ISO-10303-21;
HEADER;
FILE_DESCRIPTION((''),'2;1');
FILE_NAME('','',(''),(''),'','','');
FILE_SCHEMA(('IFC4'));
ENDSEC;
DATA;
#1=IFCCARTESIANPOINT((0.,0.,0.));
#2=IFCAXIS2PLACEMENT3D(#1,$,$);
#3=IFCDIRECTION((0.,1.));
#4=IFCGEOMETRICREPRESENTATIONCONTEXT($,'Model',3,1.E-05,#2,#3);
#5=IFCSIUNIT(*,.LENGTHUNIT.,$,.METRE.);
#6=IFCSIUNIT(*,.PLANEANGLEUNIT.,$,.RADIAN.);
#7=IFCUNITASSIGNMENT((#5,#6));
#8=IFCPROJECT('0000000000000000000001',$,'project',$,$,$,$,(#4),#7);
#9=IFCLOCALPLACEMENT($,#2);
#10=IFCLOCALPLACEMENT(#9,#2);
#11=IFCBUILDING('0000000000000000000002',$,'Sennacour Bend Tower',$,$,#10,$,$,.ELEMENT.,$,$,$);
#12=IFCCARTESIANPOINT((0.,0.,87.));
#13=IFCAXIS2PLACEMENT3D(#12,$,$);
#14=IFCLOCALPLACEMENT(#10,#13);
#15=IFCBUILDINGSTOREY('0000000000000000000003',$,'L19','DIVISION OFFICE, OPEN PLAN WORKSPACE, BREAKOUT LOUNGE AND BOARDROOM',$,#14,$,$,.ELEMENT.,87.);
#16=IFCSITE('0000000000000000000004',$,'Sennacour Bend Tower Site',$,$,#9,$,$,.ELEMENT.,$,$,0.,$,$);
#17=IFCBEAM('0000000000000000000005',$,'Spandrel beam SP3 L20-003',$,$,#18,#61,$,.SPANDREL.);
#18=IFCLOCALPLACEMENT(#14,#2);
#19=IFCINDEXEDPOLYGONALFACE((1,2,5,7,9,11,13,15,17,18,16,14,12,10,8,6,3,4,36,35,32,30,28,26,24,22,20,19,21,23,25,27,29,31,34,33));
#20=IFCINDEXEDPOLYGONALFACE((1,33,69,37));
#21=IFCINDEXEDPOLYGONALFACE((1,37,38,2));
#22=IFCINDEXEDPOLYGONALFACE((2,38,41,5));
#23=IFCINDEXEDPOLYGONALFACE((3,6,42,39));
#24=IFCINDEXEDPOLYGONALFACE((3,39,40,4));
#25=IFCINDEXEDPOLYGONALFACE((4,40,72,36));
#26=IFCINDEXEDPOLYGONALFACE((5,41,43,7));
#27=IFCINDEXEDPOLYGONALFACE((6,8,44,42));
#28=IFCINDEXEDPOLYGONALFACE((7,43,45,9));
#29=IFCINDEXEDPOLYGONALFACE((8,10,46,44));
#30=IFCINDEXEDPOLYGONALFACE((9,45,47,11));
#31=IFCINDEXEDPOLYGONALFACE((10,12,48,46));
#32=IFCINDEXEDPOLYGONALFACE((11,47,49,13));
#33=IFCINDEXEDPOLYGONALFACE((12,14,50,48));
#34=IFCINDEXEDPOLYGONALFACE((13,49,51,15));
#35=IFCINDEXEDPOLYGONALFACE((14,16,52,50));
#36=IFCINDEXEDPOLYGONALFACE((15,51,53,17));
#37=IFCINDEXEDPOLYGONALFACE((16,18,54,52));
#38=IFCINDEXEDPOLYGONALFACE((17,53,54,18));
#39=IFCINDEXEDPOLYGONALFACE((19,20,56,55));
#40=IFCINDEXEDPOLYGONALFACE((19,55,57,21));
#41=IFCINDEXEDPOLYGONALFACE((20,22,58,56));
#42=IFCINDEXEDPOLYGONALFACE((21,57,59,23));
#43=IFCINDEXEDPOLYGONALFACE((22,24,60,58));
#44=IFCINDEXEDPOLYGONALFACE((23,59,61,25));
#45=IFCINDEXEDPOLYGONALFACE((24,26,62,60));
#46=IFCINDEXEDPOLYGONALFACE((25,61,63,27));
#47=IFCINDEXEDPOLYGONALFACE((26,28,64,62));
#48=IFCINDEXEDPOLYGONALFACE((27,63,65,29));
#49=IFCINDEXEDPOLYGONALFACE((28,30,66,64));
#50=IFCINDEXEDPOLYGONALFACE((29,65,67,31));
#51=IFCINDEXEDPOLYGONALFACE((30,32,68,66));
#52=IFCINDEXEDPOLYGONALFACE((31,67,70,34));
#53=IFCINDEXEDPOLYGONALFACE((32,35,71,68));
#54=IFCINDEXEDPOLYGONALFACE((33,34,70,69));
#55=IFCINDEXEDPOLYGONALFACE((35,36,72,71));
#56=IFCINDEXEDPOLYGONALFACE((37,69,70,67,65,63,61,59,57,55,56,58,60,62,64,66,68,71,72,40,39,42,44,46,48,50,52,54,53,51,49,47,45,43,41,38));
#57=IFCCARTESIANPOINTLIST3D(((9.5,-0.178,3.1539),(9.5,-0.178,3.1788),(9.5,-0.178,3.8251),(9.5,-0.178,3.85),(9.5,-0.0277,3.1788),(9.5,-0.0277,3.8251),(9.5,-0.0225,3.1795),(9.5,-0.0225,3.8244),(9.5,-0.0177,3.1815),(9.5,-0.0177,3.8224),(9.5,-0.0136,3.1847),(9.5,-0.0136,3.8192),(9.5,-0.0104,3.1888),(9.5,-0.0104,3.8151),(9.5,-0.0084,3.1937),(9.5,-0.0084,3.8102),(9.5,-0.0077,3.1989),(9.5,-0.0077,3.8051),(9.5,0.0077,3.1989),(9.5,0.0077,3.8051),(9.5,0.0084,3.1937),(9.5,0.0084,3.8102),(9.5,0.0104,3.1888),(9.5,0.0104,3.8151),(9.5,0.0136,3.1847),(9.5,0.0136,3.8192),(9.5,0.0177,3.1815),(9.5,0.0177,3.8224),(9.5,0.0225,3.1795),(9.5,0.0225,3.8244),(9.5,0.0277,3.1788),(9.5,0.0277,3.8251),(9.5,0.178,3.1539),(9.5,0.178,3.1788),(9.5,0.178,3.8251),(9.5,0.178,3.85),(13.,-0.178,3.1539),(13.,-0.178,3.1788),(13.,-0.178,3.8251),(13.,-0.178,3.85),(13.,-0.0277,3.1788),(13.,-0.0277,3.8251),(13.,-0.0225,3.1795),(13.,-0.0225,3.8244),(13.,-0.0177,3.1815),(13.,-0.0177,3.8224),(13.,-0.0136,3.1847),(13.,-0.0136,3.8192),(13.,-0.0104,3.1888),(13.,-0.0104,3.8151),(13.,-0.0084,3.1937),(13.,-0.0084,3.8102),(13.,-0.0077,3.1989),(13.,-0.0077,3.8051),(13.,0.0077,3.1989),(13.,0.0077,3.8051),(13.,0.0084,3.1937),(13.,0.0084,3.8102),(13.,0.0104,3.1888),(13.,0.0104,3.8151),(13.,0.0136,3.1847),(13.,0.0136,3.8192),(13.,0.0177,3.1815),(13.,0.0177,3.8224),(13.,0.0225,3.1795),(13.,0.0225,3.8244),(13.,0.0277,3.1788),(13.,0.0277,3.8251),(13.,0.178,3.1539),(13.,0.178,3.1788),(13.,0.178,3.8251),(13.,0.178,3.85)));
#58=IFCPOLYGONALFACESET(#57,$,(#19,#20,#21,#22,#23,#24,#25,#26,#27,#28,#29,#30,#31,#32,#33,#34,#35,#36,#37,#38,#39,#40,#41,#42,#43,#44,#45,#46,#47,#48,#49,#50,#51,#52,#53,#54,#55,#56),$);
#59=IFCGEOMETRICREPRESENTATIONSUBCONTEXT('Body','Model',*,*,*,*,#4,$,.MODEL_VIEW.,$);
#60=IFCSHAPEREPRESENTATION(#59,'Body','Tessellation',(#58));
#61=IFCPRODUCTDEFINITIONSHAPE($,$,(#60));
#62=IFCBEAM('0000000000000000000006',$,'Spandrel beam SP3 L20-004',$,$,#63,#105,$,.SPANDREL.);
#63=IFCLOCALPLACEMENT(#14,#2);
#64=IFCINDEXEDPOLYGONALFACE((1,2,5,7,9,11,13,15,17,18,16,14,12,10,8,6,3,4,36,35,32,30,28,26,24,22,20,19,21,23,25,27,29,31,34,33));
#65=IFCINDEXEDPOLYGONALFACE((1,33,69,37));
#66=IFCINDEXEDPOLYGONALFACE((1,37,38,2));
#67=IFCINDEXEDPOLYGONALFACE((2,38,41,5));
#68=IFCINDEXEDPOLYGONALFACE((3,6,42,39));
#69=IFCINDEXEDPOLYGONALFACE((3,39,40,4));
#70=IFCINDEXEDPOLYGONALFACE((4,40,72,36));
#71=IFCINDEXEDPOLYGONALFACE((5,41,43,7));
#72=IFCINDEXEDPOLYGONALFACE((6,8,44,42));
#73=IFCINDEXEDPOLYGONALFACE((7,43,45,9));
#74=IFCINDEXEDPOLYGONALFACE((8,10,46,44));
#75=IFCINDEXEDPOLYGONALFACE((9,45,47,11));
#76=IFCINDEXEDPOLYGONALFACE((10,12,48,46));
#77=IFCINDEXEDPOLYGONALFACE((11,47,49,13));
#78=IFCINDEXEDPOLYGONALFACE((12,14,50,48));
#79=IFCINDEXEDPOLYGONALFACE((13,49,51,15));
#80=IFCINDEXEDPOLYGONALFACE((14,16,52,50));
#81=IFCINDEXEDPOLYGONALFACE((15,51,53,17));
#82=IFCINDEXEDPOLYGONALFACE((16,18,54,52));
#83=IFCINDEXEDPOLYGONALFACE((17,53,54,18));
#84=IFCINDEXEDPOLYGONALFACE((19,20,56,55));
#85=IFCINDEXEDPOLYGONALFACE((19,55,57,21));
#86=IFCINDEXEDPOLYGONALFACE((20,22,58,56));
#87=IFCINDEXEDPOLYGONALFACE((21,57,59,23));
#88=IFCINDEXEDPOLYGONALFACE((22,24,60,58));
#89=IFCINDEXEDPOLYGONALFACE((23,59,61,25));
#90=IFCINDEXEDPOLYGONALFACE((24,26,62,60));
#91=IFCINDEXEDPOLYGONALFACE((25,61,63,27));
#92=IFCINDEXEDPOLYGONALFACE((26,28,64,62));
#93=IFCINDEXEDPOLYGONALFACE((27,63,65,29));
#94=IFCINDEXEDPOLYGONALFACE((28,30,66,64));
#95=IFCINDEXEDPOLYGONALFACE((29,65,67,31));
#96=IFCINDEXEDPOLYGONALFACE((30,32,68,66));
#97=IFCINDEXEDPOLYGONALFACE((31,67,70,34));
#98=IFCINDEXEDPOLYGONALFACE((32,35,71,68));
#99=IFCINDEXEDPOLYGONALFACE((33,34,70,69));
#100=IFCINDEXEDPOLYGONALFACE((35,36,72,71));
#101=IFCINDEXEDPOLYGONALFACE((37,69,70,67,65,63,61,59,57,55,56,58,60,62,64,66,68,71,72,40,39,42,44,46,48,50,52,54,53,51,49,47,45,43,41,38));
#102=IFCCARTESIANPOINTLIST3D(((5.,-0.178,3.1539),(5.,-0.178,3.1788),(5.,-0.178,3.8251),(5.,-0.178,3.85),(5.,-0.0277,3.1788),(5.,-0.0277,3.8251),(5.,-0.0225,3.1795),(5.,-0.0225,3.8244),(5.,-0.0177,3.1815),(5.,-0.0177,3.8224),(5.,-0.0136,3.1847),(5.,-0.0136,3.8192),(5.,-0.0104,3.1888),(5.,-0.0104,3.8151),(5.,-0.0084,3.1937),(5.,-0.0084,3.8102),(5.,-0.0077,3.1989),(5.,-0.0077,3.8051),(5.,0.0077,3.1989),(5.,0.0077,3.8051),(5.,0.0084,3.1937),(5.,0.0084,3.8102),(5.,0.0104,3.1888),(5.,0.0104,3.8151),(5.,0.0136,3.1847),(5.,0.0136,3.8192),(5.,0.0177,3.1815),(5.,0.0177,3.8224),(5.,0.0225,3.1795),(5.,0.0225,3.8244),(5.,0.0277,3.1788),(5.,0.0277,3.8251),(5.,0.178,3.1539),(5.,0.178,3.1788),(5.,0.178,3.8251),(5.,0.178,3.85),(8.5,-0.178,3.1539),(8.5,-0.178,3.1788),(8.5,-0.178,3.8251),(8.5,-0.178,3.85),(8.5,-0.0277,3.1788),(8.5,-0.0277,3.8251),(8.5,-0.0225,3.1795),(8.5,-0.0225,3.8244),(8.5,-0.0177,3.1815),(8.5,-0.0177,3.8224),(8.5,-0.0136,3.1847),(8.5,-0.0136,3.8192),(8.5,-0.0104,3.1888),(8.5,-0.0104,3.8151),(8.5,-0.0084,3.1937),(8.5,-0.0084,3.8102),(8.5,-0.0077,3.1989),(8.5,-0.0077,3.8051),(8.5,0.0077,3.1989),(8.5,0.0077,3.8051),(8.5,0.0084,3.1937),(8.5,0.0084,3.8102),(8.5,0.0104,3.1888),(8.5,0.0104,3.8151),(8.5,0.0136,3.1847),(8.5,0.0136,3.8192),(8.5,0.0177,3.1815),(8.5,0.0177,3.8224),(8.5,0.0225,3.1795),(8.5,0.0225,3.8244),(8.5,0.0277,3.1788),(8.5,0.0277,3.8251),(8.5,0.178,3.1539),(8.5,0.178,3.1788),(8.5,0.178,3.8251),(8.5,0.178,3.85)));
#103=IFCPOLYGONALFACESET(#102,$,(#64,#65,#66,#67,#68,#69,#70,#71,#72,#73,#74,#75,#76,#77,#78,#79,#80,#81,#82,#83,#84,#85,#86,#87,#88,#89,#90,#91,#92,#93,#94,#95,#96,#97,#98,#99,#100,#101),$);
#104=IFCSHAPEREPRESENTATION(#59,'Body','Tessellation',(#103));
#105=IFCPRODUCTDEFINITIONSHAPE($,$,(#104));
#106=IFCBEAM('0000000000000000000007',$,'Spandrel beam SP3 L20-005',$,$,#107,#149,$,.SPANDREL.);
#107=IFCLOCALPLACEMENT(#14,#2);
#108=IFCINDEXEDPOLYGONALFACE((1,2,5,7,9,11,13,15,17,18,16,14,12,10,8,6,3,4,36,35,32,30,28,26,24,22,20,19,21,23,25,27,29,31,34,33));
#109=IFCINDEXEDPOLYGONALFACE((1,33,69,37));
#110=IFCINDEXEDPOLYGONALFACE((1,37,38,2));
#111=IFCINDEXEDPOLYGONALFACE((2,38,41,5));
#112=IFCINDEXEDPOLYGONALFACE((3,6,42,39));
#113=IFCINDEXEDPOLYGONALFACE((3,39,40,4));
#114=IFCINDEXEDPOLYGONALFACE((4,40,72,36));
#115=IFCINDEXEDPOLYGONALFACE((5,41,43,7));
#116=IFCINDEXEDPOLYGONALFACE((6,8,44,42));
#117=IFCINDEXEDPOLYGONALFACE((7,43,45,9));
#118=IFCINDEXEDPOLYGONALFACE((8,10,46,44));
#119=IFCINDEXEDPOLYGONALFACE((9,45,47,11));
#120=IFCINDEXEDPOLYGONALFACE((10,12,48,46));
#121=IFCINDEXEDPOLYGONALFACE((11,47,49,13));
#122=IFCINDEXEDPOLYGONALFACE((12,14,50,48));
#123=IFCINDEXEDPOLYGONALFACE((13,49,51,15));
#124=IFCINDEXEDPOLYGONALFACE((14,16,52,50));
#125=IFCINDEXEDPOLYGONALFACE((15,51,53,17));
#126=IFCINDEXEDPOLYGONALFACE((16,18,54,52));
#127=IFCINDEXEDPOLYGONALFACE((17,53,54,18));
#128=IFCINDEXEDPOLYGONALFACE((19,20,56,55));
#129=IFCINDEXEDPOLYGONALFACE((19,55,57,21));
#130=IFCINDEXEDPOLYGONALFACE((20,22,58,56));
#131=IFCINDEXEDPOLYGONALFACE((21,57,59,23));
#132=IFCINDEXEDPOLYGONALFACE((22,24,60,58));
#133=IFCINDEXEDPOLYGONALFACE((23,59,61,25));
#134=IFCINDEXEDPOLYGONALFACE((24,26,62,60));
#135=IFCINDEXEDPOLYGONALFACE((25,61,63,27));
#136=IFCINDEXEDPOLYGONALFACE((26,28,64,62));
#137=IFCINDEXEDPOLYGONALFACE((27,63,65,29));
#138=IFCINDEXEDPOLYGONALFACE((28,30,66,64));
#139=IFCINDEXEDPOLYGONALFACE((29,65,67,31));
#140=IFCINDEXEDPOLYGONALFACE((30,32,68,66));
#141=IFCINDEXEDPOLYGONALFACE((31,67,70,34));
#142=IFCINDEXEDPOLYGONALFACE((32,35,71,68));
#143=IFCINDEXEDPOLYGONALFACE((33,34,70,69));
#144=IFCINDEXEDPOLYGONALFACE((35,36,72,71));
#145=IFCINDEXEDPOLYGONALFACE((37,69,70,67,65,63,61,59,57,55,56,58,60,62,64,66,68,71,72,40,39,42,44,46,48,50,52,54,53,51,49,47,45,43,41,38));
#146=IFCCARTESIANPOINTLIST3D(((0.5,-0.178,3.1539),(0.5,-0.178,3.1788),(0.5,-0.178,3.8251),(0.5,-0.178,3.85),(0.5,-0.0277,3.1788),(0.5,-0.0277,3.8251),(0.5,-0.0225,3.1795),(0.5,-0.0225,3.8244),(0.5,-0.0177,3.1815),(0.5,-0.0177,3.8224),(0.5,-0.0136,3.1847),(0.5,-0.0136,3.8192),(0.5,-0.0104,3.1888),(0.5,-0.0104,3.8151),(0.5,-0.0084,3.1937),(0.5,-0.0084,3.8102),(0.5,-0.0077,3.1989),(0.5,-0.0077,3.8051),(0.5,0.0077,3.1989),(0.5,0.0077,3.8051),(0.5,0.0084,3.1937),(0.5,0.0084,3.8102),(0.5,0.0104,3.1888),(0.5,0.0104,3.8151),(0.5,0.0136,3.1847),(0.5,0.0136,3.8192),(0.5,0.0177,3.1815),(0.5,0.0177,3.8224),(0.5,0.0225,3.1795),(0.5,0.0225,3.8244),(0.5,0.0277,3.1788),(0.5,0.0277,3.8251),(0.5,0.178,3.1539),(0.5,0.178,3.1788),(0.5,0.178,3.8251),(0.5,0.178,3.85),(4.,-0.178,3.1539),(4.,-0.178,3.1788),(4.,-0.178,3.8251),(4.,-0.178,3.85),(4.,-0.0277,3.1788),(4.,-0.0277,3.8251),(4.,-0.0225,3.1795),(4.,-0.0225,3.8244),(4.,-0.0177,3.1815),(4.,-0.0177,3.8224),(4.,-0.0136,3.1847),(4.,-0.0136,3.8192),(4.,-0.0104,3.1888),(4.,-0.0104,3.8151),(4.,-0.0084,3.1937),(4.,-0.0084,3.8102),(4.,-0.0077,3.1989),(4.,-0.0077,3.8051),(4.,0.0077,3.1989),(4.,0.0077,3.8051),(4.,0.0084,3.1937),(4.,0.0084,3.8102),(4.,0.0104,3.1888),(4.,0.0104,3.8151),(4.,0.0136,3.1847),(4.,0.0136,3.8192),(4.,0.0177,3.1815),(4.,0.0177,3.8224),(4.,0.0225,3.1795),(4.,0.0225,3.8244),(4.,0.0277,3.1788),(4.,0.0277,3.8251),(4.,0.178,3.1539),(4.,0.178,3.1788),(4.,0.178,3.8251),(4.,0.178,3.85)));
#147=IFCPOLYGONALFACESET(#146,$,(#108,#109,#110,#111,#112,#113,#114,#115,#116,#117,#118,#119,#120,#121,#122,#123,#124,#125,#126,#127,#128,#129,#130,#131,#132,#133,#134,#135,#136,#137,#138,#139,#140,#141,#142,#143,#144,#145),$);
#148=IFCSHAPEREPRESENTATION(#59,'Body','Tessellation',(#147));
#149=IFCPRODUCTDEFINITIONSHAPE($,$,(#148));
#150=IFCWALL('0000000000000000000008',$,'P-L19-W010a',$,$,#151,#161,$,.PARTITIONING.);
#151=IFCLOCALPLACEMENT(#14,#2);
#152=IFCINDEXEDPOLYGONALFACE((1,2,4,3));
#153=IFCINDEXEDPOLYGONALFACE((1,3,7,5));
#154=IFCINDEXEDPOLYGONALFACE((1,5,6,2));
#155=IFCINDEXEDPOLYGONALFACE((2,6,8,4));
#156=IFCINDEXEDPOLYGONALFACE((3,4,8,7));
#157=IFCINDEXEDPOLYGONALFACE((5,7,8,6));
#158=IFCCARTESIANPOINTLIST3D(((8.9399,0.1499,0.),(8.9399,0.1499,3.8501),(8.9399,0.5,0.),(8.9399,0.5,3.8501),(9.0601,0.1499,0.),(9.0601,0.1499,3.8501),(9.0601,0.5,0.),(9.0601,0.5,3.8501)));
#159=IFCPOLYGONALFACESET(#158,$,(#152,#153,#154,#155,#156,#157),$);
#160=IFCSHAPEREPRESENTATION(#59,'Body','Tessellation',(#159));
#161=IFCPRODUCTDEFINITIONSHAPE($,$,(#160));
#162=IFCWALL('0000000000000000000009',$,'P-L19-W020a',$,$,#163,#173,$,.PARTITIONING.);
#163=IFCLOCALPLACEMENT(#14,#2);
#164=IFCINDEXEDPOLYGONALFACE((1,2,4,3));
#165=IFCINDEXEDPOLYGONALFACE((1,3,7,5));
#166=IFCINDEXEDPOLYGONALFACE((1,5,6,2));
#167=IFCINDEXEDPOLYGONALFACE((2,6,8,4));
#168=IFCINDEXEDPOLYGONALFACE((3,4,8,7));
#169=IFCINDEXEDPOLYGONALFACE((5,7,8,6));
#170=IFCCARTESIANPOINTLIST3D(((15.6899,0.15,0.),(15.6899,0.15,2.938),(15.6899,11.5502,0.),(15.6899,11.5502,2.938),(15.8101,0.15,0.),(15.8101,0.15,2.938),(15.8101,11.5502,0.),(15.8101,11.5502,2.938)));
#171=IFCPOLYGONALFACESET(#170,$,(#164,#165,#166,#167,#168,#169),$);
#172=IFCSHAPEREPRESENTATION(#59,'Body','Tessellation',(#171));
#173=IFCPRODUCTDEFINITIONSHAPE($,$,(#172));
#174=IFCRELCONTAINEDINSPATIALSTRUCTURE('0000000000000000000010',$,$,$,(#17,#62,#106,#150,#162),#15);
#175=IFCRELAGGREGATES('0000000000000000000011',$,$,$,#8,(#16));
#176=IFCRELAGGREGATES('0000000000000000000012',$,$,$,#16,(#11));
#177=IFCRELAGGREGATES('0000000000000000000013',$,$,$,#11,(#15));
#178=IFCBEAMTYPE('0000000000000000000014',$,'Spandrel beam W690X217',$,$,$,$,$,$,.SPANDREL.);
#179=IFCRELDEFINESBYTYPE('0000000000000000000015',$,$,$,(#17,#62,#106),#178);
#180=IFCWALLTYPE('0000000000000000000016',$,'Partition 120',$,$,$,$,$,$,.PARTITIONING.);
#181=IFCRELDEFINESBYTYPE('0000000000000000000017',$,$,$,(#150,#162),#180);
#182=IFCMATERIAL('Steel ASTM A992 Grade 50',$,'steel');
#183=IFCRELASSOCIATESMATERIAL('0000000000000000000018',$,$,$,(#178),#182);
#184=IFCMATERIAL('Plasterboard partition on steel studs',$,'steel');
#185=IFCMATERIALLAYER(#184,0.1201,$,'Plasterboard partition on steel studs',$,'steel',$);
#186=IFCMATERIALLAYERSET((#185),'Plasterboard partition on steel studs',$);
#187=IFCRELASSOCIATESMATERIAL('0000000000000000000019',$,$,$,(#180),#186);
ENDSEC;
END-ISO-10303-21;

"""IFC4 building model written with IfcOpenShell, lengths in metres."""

from ifc_helpers import new_model, si_unit, direction, frame, frame_2d, origin, origin_2d, place, context, subcontext, project, spatial, rectangle, i_section, extrude, material, layer, layer_set, material_profile, profile_set, type_object, element, save


model = new_model("IFC4")

# Units and contexts
model_context = context("Model", 3, precision=1e-05, world=origin(), true_north=direction((0.0, 1.0)))
body_context = subcontext(model_context, "Body", "Model", "MODEL_VIEW")
ifc_project = project(units=[si_unit("LENGTHUNIT", "METRE"), si_unit("PLANEANGLEUNIT", "RADIAN")], contexts=[model_context])

# Site, building, storey
site_placement = place(None, origin())
site = spatial("IfcSite", under=ifc_project, at=site_placement, Name="Sennacour Bend Tower Site", CompositionType="ELEMENT", RefElevation=0.0)
building_placement = place(site_placement, origin())
building = spatial("IfcBuilding", under=site, at=building_placement, Name="Sennacour Bend Tower", CompositionType="ELEMENT")
storey_placement = place(building_placement, frame((0.0, 0.0, 87.0)))
storey = spatial("IfcBuildingStorey", under=building, at=storey_placement, Name="L19", Description="DIVISION OFFICE, OPEN PLAN WORKSPACE, BREAKOUT LOUNGE AND BOARDROOM", CompositionType="ELEMENT", Elevation=87.0)

# Beams
ifc_material_1 = material(Name="Steel ASTM A992 Grade 50", Category="steel")
ifc_material_profile_1 = material_profile(ifc_material_1, i_section(OverallWidth=0.356, OverallDepth=0.696, WebThickness=0.0154, FlangeThickness=0.0249, FilletRadius=0.02, at=origin_2d()), Name="Steel ASTM A992 Grade 50", Category="steel")
ifc_profile_set_1 = profile_set([ifc_material_profile_1], Name="Steel ASTM A992 Grade 50")
beam_type_1 = type_object("IfcBeamType", Name="Spandrel beam W690X217", PredefinedType="SPANDREL", material=ifc_profile_set_1)
for number, where, z_axis, x_axis, name in (
    (1, (13.0, 0.0, 3.502), (-1.0, 0.0, 0.0), (0.0, -1.0, 0.0), "Spandrel beam SP3 L20-003"),
    (2, (8.5, 0.0, 3.502), (-1.0, 0.0, 0.0), (0.0, -1.0, 0.0), "Spandrel beam SP3 L20-004"),
    (3, (4.0, 0.0, 3.502), (-1.0, 0.0, 0.0), (0.0, -1.0, 0.0), "Spandrel beam SP3 L20-005"),
):
    element("IfcBeam", number, at=place(storey_placement, frame(where, z_axis=z_axis, x_axis=x_axis)), inside=storey, type_object=beam_type_1, Name=name, PredefinedType="SPANDREL", context=body_context, shape_type="SweptSolid", body=[
        extrude(i_section(OverallWidth=0.356, OverallDepth=0.696, WebThickness=0.0154, FlangeThickness=0.0249, FilletRadius=0.02, at=origin_2d()), origin(), (0.0, 0.0, 1.0), 3.5),
    ])

# Walls
ifc_material_2 = material(Name="Plasterboard partition on steel studs", Category="steel")
ifc_layer_1 = layer(ifc_material_2, 0.1201, Name="Plasterboard partition on steel studs", Category="steel")
ifc_layer_set_1 = layer_set([ifc_layer_1], Name="Plasterboard partition on steel studs")
wall_type_1 = type_object("IfcWallType", Name="Partition 120", PredefinedType="PARTITIONING", material=ifc_layer_set_1)
wall_1_placement = place(storey_placement, frame((9.0, 0.1499, 0.0), z_axis=(0.0, 0.0, 1.0), x_axis=(0.0, 1.0, 0.0)))
element("IfcWall", 4, at=wall_1_placement, inside=storey, type_object=wall_type_1, Name="P-L19-W010a", PredefinedType="PARTITIONING", context=body_context, shape_type="SweptSolid", body=[
    extrude(rectangle(XDim=0.3501, YDim=0.1201, at=frame_2d((0.175, 0.0))), origin(), (0.0, 0.0, 1.0), 3.8501),
])
wall_2_placement = place(storey_placement, frame((15.75, 0.1499, 0.0), z_axis=(0.0, 0.0, 1.0), x_axis=(0.0, 1.0, 0.0)))
element("IfcWall", 5, at=wall_2_placement, inside=storey, type_object=wall_type_1, Name="P-L19-W020a", PredefinedType="PARTITIONING", context=body_context, shape_type="SweptSolid", body=[
    extrude(rectangle(XDim=11.4001, YDim=0.1201, at=frame_2d((5.7002, 0.0))), origin(), (0.0, 0.0, 1.0), 2.938),
])

save(model, "model.ifc")
